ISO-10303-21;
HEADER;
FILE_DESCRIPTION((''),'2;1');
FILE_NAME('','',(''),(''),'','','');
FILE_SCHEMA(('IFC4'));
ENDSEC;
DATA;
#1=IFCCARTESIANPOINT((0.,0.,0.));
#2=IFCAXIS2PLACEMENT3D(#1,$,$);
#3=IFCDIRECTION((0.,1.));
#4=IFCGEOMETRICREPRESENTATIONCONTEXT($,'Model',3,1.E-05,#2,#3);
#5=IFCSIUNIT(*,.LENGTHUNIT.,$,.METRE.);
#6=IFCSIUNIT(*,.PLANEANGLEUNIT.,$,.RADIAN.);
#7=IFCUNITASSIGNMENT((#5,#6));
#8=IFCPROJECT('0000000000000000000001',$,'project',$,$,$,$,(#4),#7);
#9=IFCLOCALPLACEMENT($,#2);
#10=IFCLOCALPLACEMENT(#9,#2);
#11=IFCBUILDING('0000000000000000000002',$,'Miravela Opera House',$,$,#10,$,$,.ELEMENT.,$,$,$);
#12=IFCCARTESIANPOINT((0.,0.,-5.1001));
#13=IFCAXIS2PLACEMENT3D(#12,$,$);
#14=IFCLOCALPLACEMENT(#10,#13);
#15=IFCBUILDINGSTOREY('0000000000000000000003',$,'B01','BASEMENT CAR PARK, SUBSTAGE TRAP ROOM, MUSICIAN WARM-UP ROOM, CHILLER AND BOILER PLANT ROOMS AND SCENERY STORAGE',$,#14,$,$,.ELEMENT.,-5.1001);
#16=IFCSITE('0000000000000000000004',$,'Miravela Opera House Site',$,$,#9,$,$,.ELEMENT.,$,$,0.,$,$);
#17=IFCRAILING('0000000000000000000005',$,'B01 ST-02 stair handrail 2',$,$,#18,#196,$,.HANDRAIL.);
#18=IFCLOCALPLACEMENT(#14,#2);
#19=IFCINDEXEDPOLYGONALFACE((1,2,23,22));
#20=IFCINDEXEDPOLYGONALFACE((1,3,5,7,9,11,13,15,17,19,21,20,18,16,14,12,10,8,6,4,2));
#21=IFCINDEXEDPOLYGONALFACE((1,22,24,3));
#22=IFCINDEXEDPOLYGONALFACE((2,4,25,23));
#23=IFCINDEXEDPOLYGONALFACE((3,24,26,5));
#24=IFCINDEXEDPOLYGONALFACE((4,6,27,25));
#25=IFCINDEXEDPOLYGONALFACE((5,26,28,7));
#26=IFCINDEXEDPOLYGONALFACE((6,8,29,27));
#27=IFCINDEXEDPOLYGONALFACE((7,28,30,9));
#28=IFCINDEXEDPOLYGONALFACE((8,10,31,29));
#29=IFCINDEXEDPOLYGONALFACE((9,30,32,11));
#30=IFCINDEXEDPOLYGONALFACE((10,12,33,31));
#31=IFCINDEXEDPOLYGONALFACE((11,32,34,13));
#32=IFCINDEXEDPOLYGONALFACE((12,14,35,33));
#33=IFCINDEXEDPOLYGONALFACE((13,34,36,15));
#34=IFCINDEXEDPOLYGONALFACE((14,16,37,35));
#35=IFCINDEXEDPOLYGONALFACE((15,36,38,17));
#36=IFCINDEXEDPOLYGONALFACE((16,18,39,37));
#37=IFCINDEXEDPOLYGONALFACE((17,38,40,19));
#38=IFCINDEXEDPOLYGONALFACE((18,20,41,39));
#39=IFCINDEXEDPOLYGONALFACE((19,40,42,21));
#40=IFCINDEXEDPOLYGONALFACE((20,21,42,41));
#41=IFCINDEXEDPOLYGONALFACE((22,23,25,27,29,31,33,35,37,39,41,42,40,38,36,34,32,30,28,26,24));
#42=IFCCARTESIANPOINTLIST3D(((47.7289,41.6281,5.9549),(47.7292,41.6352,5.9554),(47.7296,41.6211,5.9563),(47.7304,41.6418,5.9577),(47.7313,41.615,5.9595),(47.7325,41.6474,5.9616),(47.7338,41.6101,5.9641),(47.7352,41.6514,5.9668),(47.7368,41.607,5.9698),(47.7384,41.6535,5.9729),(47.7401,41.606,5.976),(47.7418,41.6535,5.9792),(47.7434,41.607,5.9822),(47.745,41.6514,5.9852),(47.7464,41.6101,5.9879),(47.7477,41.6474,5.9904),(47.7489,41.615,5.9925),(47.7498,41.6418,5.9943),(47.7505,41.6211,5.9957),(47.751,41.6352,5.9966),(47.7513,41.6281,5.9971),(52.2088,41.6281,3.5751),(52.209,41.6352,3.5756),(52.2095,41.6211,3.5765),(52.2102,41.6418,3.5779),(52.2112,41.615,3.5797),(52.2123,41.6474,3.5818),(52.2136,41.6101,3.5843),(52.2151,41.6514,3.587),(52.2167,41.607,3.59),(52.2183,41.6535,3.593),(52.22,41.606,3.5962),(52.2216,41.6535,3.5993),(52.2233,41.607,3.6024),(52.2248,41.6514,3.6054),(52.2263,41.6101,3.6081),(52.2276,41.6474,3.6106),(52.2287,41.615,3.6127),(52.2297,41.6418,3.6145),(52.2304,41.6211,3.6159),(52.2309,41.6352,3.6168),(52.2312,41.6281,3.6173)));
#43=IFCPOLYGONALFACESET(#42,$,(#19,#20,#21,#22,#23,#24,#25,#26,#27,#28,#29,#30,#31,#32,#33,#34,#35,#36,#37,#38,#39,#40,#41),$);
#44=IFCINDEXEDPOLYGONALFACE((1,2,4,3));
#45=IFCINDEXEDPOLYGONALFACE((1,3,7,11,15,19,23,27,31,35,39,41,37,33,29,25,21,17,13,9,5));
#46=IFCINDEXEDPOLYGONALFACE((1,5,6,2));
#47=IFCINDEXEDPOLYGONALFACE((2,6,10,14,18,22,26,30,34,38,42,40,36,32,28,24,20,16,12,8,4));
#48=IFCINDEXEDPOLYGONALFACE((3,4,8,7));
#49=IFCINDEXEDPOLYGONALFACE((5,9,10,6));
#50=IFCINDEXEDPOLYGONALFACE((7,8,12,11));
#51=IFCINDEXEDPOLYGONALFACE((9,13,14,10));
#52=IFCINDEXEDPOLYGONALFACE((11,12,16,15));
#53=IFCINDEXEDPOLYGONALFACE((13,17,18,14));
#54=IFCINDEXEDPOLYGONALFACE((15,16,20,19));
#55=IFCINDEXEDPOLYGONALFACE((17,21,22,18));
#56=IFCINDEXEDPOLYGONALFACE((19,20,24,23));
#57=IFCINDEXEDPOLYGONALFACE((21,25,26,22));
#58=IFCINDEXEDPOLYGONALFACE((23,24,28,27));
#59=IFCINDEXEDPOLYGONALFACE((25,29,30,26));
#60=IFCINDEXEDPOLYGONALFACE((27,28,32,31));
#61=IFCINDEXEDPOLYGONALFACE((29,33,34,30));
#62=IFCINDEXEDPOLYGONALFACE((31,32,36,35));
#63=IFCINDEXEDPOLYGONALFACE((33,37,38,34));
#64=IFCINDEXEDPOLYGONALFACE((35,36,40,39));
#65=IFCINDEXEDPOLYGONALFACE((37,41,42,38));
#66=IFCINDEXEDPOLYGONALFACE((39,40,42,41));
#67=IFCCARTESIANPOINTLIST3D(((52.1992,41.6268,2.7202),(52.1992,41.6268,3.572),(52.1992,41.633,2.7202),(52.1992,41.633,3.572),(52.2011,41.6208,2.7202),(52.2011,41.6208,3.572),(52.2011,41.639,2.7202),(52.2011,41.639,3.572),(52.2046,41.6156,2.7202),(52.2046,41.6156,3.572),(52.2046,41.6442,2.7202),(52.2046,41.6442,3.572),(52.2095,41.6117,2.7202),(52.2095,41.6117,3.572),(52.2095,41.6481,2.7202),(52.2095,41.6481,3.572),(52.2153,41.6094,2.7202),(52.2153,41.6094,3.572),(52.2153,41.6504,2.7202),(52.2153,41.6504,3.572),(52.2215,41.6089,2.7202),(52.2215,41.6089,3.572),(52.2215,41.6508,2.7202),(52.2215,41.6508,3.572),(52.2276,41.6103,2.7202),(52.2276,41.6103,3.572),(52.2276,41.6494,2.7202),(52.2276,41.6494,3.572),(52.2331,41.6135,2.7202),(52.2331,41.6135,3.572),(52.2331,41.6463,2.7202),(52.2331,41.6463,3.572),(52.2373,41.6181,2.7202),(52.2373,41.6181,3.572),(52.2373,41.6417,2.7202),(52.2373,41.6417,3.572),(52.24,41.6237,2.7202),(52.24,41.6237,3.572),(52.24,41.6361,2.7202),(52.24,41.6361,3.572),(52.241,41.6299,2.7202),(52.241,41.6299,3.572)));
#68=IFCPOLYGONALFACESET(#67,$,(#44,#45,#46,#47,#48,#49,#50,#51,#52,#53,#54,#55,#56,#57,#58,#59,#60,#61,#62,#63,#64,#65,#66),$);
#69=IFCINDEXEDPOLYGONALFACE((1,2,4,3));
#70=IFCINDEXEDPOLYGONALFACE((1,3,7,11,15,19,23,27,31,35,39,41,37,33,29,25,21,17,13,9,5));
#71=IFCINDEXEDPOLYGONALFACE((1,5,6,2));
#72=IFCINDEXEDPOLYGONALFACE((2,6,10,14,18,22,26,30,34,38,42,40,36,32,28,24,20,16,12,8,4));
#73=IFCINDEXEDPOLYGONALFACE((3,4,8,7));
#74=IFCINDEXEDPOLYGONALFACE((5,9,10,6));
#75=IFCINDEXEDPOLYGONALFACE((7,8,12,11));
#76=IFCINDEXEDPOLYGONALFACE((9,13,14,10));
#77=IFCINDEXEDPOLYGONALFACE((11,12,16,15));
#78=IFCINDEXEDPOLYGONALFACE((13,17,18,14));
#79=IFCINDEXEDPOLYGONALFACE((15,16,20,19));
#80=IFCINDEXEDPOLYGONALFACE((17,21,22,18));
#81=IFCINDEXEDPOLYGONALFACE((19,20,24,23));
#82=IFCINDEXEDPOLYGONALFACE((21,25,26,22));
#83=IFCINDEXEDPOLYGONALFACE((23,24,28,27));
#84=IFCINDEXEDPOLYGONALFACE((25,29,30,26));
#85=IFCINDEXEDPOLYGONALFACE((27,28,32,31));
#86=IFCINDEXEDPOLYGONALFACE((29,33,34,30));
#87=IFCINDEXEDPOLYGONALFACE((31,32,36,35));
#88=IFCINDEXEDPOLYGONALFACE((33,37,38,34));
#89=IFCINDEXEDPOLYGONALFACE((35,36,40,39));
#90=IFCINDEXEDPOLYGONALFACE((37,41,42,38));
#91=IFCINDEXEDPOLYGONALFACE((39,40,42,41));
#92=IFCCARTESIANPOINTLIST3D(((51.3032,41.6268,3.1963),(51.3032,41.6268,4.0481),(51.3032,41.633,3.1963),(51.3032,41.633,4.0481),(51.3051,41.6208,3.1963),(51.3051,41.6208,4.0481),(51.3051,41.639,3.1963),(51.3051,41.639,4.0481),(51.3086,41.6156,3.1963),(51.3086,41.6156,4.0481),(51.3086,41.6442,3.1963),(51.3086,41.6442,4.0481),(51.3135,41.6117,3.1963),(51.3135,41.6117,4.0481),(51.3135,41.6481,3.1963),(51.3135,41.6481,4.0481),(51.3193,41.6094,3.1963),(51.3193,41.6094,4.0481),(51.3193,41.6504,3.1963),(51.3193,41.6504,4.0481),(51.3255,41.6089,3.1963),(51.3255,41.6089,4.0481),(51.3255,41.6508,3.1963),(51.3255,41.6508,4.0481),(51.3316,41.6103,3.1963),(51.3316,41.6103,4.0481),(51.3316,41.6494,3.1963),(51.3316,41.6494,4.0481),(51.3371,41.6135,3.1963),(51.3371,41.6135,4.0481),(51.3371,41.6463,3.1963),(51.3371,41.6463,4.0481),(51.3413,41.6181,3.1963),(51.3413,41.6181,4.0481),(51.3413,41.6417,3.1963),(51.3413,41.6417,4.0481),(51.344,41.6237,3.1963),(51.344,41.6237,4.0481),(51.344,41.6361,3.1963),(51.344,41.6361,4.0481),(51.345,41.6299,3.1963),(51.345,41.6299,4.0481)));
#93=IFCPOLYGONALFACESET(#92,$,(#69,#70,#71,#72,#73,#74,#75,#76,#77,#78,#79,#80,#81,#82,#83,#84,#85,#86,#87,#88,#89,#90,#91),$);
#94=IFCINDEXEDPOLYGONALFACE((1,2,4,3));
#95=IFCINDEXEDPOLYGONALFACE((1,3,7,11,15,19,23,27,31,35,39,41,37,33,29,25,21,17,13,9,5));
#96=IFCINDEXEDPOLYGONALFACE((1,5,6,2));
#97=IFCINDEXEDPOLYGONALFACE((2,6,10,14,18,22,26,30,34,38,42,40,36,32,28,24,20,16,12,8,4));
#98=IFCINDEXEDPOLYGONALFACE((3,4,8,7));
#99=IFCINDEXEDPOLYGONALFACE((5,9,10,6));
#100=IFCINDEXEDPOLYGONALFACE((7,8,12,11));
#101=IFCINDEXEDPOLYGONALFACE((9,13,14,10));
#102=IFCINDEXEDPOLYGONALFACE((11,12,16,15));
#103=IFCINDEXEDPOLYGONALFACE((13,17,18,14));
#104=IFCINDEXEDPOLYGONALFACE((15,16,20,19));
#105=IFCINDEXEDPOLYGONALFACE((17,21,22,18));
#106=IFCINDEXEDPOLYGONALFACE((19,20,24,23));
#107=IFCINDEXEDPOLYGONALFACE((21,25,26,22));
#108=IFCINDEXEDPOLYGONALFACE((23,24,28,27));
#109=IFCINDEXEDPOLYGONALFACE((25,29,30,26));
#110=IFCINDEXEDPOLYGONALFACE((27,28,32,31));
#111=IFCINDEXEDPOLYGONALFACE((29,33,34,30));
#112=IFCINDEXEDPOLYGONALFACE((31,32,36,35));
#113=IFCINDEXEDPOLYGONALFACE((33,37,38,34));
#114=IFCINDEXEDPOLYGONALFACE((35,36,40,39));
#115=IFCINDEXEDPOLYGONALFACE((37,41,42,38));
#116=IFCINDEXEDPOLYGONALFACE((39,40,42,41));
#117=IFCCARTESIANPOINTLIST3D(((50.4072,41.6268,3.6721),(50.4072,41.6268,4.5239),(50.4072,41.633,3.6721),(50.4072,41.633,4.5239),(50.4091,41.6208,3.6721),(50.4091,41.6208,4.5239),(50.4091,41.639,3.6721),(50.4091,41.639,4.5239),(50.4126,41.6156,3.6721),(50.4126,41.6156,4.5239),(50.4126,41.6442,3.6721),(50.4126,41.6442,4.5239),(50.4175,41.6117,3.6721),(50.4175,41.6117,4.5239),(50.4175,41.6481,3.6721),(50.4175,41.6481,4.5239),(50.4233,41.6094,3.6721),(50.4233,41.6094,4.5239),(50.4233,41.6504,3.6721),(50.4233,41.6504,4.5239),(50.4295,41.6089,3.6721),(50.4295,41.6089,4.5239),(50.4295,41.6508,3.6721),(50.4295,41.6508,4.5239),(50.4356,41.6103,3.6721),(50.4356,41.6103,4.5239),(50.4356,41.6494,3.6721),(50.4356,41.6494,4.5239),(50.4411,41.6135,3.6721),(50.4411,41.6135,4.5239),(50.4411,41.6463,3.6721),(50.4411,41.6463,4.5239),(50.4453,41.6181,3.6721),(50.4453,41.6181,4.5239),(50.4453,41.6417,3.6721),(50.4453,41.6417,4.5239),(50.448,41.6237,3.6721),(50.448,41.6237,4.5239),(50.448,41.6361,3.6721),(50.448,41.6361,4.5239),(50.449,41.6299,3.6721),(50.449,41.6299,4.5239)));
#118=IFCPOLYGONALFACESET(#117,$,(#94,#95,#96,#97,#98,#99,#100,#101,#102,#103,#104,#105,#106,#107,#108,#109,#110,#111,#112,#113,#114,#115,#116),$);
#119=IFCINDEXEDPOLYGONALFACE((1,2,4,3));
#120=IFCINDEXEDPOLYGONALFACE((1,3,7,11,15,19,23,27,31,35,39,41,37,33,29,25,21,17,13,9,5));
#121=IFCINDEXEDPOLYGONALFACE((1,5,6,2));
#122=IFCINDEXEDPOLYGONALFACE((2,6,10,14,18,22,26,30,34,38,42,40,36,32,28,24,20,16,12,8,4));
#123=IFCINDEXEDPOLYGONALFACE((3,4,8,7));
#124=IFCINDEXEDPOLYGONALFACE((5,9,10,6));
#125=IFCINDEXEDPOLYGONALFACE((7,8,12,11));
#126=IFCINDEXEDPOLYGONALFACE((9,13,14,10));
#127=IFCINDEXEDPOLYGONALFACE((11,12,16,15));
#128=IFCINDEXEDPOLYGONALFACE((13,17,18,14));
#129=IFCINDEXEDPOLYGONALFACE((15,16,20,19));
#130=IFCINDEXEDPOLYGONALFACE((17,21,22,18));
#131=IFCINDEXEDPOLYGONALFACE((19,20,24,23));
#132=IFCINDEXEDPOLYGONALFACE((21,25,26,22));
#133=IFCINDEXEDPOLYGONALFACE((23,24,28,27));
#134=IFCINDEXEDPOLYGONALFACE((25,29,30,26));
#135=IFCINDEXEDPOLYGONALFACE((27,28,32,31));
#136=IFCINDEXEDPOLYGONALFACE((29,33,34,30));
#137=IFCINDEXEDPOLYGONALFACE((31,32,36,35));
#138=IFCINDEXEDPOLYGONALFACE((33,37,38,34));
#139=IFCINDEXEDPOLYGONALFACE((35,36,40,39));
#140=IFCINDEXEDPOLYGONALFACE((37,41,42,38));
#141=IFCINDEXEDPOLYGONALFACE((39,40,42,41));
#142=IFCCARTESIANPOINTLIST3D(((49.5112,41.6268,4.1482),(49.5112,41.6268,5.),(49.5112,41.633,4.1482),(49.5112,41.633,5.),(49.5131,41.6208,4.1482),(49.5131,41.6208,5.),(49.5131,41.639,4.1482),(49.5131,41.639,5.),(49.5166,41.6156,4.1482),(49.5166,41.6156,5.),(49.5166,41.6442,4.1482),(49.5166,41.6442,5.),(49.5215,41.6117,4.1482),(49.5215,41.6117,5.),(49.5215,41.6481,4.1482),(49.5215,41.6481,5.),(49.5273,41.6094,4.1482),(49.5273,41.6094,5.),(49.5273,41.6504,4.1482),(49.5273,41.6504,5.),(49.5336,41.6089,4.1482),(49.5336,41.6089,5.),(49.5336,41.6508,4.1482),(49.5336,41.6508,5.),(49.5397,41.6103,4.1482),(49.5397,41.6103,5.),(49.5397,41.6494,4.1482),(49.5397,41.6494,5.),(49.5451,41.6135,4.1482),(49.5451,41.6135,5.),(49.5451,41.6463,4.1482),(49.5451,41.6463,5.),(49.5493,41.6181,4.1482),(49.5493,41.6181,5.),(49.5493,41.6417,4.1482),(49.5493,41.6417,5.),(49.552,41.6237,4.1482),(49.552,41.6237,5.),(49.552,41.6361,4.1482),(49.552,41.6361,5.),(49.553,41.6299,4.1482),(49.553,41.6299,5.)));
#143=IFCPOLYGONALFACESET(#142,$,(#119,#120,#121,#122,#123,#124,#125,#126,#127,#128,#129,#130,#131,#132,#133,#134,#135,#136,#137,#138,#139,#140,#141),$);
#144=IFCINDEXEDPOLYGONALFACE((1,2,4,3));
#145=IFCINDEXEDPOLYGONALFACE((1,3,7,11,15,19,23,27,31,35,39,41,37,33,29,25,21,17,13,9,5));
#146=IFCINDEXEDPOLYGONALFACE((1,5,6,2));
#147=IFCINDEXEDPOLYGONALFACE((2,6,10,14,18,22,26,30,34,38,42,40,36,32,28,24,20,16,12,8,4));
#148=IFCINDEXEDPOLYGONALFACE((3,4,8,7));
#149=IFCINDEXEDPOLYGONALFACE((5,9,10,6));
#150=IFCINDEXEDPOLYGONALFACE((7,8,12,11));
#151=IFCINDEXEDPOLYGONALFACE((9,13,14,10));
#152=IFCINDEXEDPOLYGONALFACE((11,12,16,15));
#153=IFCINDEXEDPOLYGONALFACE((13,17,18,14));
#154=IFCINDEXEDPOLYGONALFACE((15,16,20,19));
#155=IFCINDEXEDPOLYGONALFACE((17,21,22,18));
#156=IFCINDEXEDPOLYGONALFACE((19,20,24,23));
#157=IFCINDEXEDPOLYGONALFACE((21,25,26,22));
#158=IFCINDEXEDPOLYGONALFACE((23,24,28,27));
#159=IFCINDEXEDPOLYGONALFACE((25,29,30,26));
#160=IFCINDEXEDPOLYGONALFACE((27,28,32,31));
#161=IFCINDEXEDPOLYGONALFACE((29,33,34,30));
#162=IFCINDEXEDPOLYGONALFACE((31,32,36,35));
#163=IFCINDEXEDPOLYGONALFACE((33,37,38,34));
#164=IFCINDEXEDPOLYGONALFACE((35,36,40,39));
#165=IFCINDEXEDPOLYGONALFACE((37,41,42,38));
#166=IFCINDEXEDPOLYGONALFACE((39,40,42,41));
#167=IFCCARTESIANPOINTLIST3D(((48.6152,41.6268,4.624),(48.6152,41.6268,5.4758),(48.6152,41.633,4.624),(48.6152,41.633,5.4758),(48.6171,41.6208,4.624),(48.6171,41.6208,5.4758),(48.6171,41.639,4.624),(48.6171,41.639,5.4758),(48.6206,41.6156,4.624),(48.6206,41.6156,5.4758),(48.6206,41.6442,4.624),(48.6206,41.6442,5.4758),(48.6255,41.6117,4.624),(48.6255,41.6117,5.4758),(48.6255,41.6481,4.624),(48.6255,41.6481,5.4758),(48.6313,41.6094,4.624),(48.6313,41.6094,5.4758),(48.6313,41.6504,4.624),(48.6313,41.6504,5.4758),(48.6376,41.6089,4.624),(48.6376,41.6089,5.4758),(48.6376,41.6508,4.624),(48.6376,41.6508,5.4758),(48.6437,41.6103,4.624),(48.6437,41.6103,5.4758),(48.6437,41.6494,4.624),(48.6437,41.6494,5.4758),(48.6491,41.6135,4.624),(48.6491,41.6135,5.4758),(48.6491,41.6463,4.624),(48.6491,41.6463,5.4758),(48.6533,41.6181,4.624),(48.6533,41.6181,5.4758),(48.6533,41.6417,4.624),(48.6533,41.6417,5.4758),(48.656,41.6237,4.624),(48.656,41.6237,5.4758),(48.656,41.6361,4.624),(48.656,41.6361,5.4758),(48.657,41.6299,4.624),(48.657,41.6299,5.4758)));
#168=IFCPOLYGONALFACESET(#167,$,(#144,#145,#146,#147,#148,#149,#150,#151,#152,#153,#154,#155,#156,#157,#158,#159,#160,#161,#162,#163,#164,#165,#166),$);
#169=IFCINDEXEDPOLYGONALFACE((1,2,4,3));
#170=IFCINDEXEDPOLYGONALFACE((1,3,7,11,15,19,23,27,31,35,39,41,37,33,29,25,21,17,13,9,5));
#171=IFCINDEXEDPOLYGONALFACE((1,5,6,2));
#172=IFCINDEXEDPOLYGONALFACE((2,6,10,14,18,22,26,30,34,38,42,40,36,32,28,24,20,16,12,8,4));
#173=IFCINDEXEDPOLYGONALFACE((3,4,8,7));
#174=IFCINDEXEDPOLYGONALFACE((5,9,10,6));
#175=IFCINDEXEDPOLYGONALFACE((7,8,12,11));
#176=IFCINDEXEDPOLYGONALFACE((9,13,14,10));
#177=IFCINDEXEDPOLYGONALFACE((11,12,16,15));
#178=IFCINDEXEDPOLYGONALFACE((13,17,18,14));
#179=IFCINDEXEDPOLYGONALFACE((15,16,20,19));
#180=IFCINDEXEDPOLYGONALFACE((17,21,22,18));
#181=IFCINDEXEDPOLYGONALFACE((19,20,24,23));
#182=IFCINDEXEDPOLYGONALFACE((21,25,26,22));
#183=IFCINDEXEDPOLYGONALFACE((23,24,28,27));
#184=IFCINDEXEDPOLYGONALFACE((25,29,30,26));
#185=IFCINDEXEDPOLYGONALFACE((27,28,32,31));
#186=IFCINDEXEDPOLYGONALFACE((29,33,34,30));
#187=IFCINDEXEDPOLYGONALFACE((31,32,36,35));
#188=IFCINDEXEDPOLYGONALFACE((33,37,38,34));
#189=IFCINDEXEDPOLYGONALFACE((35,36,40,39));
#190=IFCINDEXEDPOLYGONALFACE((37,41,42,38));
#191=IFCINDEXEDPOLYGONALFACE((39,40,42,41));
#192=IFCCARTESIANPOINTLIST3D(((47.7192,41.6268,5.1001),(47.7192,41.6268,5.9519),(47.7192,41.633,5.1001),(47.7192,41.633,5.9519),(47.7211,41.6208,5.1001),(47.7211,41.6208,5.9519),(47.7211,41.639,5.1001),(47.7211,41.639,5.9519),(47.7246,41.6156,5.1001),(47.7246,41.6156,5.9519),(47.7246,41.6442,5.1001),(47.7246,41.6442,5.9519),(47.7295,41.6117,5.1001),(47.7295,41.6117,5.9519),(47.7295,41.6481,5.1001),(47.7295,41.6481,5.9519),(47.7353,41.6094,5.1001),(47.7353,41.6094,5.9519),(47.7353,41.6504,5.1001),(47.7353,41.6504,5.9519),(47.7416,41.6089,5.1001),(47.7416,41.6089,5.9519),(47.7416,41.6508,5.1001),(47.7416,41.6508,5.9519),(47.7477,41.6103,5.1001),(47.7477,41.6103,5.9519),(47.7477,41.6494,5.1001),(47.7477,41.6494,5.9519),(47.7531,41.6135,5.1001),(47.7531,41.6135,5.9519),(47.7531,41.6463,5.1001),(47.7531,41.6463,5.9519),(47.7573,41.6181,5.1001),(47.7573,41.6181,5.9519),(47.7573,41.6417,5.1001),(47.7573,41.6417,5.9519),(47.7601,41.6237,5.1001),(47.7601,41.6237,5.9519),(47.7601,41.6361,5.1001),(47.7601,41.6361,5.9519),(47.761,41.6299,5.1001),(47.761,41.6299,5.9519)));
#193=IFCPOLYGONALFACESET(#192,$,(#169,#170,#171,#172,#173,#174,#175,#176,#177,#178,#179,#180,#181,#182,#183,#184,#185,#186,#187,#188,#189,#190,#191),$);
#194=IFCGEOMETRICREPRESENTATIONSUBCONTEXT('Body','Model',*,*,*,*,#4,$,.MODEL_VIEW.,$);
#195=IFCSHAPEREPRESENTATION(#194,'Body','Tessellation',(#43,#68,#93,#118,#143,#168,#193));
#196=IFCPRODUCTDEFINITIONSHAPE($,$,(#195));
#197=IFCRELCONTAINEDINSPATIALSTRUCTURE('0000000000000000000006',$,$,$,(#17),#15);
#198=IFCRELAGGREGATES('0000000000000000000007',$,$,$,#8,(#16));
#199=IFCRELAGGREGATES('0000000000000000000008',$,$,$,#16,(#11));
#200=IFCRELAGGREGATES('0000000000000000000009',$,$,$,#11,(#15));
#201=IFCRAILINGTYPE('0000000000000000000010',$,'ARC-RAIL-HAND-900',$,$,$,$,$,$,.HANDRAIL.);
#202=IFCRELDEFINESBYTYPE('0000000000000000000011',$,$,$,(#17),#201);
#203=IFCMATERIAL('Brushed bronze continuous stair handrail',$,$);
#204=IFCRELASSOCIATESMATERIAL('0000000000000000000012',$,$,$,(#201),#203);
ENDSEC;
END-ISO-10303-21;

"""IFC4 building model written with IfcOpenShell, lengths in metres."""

from ifc_helpers import new_model, si_unit, direction, frame, origin, origin_2d, place, context, subcontext, project, spatial, circle, extrude, material, type_object, element, save


model = new_model("IFC4")

# Units and contexts
model_context = context("Model", 3, precision=1e-05, world=origin(), true_north=direction((0.0, 1.0)))
body_context = subcontext(model_context, "Body", "Model", "MODEL_VIEW")
ifc_project = project(units=[si_unit("LENGTHUNIT", "METRE"), si_unit("PLANEANGLEUNIT", "RADIAN")], contexts=[model_context])

# Site, building, storey
site_placement = place(None, origin())
site = spatial("IfcSite", under=ifc_project, at=site_placement, Name="Miravela Opera House Site", CompositionType="ELEMENT", RefElevation=0.0)
building_placement = place(site_placement, origin())
building = spatial("IfcBuilding", under=site, at=building_placement, Name="Miravela Opera House", CompositionType="ELEMENT")
storey_placement = place(building_placement, frame((0.0, 0.0, -5.1001)))
storey = spatial("IfcBuildingStorey", under=building, at=storey_placement, Name="B01", Description="BASEMENT CAR PARK, SUBSTAGE TRAP ROOM, MUSICIAN WARM-UP ROOM, CHILLER AND BOILER PLANT ROOMS AND SCENERY STORAGE", CompositionType="ELEMENT", Elevation=-5.1001)

# Railing
ifc_material_1 = material(Name="Brushed bronze continuous stair handrail")
railing_type_1 = type_object("IfcRailingType", Name="ARC-RAIL-HAND-900", PredefinedType="HANDRAIL", material=ifc_material_1)
railing_1_placement = place(storey_placement, frame((52.22, 41.6299, 2.7202)))
element("IfcRailing", 1, at=railing_1_placement, inside=storey, type_object=railing_type_1, Name="B01 ST-02 stair handrail 2", PredefinedType="HANDRAIL", context=body_context, shape_type="SweptSolid", body=[
    extrude(circle(Radius=0.0239, at=origin_2d()), frame((0.0, 0.0, 0.876), z_axis=(-0.883124, 0.0, 0.469139), x_axis=(0.0, -1.0, 0.0)), (0.0, 0.0, 1.0), 5.0728),
    extrude(circle(Radius=0.021, at=origin_2d()), origin(), (0.0, 0.0, 1.0), 0.8518),
    extrude(circle(Radius=0.021, at=origin_2d()), frame((-0.896, 0.0, 0.4761)), (0.0, 0.0, 1.0), 0.8518),
    extrude(circle(Radius=0.021, at=origin_2d()), frame((-1.792, 0.0, 0.9519)), (0.0, 0.0, 1.0), 0.8518),
    extrude(circle(Radius=0.021, at=origin_2d()), frame((-2.688, 0.0, 1.428)), (0.0, 0.0, 1.0), 0.8518),
    extrude(circle(Radius=0.021, at=origin_2d()), frame((-3.584, 0.0, 1.9038)), (0.0, 0.0, 1.0), 0.8518),
    extrude(circle(Radius=0.021, at=origin_2d()), frame((-4.48, 0.0, 2.3799)), (0.0, 0.0, 1.0), 0.8518),
])

save(model, "model.ifc")
